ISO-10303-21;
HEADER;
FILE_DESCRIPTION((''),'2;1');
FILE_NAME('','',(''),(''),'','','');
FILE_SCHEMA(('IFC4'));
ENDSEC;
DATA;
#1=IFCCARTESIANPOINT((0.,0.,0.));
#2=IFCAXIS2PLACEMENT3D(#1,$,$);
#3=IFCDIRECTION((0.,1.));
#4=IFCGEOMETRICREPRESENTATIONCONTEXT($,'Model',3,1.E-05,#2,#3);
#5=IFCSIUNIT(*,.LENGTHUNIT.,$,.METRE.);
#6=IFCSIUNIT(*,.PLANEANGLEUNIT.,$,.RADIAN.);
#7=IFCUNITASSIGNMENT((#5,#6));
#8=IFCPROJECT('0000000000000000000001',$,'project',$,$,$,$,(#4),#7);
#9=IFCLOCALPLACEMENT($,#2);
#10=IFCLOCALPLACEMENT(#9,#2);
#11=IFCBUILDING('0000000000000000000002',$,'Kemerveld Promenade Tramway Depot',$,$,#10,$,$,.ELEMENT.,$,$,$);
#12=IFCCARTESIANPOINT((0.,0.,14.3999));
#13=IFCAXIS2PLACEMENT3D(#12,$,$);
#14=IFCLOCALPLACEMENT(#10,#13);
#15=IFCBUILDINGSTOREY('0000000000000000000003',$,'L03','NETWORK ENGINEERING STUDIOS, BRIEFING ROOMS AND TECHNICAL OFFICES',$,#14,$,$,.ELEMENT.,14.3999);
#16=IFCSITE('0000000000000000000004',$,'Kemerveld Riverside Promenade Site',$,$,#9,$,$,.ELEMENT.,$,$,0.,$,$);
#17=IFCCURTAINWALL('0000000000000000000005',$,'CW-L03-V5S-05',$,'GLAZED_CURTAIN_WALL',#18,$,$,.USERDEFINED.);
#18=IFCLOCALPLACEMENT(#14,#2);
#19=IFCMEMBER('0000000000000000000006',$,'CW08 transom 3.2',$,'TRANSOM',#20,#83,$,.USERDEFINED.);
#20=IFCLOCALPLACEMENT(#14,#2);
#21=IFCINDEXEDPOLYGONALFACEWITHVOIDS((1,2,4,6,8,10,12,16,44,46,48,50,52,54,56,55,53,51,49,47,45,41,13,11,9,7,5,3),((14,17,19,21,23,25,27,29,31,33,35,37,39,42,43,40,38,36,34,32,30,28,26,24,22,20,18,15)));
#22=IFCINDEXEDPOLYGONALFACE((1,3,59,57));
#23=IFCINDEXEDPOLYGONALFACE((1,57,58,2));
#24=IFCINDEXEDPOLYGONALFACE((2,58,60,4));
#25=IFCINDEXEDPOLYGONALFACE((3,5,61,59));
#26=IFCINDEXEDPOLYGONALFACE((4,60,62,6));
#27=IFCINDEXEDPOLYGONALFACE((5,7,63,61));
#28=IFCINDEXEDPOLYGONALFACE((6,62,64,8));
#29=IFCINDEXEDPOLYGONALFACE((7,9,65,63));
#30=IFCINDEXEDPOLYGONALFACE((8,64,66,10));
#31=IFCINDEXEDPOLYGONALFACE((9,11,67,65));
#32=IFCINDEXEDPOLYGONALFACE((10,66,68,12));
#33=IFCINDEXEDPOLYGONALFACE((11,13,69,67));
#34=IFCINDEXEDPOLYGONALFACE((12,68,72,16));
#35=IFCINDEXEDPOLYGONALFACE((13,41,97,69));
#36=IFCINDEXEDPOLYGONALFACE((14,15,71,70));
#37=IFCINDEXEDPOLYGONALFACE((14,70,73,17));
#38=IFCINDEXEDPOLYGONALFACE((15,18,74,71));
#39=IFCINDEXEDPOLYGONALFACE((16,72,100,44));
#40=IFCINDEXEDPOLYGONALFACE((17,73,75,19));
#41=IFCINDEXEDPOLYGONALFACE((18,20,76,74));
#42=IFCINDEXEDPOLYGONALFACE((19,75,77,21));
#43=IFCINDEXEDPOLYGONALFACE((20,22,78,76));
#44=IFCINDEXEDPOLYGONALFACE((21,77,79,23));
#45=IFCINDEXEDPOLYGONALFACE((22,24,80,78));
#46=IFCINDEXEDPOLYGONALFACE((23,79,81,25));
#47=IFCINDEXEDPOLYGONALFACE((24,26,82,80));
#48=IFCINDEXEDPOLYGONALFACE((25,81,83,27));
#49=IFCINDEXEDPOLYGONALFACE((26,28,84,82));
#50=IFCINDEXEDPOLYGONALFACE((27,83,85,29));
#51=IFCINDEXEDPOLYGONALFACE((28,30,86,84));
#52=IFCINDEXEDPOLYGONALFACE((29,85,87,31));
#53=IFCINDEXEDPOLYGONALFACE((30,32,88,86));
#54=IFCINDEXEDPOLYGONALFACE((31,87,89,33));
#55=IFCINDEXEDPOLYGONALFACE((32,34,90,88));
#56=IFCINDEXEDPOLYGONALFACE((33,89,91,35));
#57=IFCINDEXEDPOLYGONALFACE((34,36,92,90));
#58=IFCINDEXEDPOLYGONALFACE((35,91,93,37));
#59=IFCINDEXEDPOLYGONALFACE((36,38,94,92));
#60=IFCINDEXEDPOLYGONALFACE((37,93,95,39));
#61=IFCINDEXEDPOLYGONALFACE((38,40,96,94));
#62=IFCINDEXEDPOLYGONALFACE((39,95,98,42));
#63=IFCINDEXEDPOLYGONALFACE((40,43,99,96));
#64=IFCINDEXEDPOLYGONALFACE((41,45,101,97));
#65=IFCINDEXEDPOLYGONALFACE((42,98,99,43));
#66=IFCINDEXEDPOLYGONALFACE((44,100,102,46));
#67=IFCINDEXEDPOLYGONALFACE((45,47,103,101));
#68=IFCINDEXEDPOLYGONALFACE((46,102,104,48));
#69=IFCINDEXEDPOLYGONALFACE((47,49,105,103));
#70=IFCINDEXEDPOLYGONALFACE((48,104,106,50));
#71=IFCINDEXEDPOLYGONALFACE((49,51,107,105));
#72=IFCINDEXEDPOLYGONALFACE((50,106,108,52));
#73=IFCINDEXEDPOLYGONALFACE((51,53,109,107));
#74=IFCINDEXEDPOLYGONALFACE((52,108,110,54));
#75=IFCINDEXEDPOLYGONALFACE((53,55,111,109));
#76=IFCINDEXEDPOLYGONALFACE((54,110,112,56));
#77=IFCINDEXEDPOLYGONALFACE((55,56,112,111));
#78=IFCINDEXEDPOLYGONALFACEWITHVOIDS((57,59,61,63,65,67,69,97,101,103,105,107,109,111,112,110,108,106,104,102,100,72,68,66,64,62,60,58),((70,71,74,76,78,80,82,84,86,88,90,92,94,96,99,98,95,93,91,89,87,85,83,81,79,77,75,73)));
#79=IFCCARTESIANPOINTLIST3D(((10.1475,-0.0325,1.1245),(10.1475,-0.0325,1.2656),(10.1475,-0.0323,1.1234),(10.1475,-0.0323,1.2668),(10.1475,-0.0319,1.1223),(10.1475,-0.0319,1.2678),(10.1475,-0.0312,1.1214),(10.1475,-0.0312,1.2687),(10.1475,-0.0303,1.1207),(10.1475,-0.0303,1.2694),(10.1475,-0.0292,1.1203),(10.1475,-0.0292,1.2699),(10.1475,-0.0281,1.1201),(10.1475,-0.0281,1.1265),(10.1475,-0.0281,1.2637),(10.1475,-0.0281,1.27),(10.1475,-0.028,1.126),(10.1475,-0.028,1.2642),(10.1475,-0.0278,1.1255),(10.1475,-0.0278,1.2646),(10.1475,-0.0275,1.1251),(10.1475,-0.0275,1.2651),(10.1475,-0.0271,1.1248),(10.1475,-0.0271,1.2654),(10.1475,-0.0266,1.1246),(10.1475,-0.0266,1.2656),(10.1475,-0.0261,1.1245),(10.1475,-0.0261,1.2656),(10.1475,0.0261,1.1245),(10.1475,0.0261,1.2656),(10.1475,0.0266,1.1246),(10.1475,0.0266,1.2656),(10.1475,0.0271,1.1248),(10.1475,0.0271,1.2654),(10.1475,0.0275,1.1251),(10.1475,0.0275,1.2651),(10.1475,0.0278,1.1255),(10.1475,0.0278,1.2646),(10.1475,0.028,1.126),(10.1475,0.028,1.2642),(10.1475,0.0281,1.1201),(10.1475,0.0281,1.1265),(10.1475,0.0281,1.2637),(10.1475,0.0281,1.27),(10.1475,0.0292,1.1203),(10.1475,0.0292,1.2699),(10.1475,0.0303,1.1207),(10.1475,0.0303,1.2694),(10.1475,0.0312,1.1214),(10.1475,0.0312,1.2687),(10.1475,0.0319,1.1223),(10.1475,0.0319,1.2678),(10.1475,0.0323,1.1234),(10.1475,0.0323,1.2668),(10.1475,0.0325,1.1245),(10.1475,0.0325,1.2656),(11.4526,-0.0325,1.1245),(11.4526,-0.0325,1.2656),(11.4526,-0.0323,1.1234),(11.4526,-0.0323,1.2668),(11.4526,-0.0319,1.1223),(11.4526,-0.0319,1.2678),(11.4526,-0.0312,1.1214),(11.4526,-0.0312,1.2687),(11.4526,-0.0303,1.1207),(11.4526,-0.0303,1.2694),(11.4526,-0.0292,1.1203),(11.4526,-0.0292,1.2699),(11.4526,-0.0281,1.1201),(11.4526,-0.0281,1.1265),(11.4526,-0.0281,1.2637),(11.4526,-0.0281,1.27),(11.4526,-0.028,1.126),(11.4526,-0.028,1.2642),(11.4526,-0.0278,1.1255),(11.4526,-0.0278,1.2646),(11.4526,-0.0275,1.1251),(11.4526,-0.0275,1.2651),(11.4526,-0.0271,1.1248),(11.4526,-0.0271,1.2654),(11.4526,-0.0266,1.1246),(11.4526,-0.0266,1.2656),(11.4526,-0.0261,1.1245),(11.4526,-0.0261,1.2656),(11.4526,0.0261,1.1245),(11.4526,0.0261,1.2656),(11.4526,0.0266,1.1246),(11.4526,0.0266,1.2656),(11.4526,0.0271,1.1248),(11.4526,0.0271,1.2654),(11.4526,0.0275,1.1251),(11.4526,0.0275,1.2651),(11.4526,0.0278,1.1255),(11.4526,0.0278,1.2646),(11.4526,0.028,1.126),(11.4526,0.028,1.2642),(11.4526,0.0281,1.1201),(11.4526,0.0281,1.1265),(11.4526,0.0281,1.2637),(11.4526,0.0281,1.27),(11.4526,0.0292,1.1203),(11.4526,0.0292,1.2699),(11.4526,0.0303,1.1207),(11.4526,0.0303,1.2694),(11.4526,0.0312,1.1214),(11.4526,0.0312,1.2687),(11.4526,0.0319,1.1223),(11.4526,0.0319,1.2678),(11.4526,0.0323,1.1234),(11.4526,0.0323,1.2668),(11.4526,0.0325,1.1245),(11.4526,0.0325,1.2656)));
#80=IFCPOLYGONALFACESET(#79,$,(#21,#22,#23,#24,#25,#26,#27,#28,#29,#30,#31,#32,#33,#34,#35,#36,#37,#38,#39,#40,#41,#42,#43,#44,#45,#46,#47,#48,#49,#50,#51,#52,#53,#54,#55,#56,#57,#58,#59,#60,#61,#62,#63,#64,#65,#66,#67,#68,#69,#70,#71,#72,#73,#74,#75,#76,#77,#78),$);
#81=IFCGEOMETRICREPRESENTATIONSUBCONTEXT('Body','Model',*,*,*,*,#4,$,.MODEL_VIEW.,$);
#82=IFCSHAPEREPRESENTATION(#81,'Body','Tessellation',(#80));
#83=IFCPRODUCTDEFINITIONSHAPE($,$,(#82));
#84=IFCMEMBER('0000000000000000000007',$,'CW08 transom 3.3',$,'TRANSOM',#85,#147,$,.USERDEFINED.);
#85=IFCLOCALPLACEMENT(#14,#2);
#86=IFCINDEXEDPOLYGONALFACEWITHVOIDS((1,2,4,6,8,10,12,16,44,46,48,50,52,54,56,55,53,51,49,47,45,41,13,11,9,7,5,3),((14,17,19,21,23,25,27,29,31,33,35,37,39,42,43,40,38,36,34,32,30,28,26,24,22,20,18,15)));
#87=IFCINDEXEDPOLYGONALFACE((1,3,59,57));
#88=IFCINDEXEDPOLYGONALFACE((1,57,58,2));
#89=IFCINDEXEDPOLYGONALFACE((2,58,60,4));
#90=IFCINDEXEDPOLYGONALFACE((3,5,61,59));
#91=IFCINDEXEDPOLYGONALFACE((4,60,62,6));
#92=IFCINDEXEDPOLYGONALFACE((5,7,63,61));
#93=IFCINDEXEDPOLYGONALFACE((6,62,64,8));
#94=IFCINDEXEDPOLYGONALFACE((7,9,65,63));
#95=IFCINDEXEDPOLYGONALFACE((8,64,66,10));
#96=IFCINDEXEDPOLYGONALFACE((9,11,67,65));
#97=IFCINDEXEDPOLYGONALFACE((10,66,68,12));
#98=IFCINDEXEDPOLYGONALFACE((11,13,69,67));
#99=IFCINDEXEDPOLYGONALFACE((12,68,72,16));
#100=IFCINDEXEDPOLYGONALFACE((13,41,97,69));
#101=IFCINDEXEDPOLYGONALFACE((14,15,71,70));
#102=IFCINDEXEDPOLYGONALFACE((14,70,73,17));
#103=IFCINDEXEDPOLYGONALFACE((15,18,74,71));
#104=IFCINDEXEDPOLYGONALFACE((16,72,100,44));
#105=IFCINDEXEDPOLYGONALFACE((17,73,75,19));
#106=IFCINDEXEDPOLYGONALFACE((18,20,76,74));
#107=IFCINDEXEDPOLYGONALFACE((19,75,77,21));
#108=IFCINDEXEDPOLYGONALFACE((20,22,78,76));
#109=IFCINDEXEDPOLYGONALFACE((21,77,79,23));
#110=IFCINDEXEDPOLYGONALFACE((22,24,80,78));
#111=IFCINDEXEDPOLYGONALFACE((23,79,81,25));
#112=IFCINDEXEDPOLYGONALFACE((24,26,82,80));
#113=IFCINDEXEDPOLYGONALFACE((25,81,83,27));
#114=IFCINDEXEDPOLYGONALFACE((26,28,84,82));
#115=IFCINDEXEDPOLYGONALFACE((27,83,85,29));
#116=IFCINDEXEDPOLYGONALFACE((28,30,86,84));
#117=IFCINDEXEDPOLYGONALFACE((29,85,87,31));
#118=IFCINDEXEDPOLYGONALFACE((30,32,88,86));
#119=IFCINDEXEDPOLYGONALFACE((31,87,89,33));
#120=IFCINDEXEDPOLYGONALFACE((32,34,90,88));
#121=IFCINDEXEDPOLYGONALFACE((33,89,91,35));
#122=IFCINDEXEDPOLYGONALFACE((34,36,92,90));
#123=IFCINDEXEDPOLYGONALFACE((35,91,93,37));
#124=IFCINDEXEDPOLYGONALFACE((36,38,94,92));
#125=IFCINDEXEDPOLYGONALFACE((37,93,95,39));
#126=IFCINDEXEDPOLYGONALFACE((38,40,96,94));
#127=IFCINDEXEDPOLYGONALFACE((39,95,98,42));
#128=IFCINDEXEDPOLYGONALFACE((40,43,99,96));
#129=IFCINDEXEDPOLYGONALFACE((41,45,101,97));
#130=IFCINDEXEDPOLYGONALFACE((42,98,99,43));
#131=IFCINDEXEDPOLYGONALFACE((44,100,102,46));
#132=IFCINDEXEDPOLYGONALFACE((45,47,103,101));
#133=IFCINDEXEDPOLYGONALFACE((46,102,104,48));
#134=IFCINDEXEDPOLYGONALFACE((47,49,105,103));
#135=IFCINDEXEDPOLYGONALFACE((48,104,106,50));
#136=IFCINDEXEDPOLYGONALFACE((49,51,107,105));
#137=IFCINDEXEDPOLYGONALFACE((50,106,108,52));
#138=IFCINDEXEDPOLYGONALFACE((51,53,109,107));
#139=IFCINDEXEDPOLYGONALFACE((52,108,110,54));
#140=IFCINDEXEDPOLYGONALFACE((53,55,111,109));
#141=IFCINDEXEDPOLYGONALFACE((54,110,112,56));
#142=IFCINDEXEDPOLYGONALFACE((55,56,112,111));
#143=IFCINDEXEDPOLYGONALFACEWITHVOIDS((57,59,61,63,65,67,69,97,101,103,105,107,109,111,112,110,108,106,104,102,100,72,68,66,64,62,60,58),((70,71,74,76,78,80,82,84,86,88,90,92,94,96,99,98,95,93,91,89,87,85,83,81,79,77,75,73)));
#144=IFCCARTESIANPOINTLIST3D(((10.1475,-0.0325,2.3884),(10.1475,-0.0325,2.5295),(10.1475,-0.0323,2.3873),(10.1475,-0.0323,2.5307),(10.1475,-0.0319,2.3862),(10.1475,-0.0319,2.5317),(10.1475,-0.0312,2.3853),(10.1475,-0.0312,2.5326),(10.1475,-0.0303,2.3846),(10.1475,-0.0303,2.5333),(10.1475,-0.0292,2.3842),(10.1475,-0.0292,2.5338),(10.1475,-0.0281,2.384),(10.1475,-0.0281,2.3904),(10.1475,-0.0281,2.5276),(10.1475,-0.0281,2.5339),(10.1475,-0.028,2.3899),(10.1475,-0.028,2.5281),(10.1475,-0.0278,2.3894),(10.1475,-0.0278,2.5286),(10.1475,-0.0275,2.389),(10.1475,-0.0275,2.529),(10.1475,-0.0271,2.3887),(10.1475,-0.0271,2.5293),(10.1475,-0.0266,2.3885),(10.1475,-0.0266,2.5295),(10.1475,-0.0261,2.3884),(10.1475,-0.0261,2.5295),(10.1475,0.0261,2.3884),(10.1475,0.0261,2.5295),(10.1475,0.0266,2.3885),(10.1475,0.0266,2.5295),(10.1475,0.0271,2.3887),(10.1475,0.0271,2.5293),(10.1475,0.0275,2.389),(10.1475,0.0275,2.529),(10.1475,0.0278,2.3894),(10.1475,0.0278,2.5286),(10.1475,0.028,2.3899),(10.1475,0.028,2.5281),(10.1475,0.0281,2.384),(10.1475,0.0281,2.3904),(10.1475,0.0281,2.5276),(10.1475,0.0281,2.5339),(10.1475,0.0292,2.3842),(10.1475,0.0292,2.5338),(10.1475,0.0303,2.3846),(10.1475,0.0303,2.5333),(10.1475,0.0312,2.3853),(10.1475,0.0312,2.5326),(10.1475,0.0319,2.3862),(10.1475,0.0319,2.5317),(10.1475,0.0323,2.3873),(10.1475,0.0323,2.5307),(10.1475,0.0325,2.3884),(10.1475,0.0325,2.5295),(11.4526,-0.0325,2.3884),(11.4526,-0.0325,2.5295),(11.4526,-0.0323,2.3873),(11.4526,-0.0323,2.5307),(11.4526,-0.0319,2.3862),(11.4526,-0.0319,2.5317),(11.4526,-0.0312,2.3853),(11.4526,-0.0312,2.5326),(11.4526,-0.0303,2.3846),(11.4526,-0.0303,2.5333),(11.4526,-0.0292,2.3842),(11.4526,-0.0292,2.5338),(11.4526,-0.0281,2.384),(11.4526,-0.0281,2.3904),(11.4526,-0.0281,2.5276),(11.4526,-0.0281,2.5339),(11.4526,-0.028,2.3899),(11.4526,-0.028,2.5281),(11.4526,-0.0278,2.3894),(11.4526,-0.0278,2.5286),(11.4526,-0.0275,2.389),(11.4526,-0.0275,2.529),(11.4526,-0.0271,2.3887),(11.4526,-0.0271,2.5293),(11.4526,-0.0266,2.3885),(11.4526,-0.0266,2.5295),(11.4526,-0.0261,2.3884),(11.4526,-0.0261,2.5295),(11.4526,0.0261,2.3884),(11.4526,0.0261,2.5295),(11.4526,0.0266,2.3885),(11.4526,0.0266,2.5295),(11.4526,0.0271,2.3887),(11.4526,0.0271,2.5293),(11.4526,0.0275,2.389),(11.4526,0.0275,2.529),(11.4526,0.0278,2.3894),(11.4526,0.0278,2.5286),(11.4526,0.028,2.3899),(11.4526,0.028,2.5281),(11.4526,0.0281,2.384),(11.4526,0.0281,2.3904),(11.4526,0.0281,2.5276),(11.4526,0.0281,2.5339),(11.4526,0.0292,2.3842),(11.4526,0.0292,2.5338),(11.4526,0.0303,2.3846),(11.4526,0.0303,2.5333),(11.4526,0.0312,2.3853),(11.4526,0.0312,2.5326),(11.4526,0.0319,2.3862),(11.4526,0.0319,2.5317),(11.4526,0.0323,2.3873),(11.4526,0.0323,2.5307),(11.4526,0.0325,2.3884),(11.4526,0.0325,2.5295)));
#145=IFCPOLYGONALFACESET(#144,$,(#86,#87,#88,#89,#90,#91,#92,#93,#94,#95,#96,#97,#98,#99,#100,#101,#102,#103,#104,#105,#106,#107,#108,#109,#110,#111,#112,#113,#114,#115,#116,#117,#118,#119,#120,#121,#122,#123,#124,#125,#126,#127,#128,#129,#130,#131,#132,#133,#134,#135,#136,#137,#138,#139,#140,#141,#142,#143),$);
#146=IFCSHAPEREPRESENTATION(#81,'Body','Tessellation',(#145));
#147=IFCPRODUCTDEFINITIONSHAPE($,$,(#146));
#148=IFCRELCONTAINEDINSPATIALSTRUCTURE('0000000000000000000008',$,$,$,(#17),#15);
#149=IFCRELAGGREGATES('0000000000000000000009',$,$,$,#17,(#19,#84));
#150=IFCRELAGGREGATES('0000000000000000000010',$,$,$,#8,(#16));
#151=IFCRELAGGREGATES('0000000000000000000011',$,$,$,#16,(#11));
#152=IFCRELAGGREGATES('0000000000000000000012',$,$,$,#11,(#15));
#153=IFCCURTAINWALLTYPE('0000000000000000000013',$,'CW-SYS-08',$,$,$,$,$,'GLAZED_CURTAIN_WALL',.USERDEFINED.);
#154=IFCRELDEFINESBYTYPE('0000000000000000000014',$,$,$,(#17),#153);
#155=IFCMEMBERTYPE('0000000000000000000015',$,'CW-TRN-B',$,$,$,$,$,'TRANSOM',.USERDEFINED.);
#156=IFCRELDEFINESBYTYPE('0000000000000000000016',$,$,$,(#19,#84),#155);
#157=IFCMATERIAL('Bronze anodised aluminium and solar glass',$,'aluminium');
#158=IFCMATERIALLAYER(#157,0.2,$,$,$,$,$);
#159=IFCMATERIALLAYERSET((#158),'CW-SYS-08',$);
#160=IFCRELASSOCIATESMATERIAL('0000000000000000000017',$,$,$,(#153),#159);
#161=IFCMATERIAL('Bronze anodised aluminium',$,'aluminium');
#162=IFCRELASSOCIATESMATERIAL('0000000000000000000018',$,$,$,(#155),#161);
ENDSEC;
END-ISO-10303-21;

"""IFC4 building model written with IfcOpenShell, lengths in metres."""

from ifc_helpers import new_model, si_unit, direction, frame, origin, origin_2d, place, context, subcontext, project, spatial, hollow_rectangle, extrude, material, layer, layer_set, material_profile, profile_set, type_object, element, aggregate, save


model = new_model("IFC4")

# Units and contexts
model_context = context("Model", 3, precision=1e-05, world=origin(), true_north=direction((0.0, 1.0)))
body_context = subcontext(model_context, "Body", "Model", "MODEL_VIEW")
ifc_project = project(units=[si_unit("LENGTHUNIT", "METRE"), si_unit("PLANEANGLEUNIT", "RADIAN")], contexts=[model_context])

# Site, building, storey
site_placement = place(None, origin())
site = spatial("IfcSite", under=ifc_project, at=site_placement, Name="Kemerveld Riverside Promenade Site", CompositionType="ELEMENT", RefElevation=0.0)
building_placement = place(site_placement, origin())
building = spatial("IfcBuilding", under=site, at=building_placement, Name="Kemerveld Promenade Tramway Depot", CompositionType="ELEMENT")
storey_placement = place(building_placement, frame((0.0, 0.0, 14.3999)))
storey = spatial("IfcBuildingStorey", under=building, at=storey_placement, Name="L03", Description="NETWORK ENGINEERING STUDIOS, BRIEFING ROOMS AND TECHNICAL OFFICES", CompositionType="ELEMENT", Elevation=14.3999)

# Curtain wall, members
ifc_material_1 = material(Name="Bronze anodised aluminium and solar glass", Category="aluminium")
ifc_layer_1 = layer(ifc_material_1, 0.2)
ifc_layer_set_1 = layer_set([ifc_layer_1], Name="CW-SYS-08")
curtain_wall_type = type_object("IfcCurtainWallType", Name="CW-SYS-08", ElementType="GLAZED_CURTAIN_WALL", PredefinedType="USERDEFINED", material=ifc_layer_set_1)
curtain_wall_placement = place(storey_placement, origin())
curtain_wall = element("IfcCurtainWall", 1, at=curtain_wall_placement, inside=storey, type_object=curtain_wall_type, Name="CW-L03-V5S-05", ObjectType="GLAZED_CURTAIN_WALL", PredefinedType="USERDEFINED")
ifc_material_2 = material(Name="Bronze anodised aluminium", Category="aluminium")
ifc_material_profile_1 = material_profile(ifc_material_2, hollow_rectangle(XDim=0.0649, YDim=0.1499, WallThickness=0.0044, InnerFilletRadius=0.002, OuterFilletRadius=0.0044, at=origin_2d()), Name="CW-TRN-150x65")
ifc_profile_set_1 = profile_set([ifc_material_profile_1], Name="Bronze anodised aluminium")
member_type_1 = type_object("IfcMemberType", Name="CW-TRN-B", ElementType="TRANSOM", PredefinedType="USERDEFINED", material=ifc_profile_set_1)
member_1_placement = place(storey_placement, frame((11.4526, 0.0, 1.1951), z_axis=(-1.0, 0.0, 0.0), x_axis=(0.0, -1.0, 0.0)))
member_1 = element("IfcMember", 2, at=member_1_placement, type_object=member_type_1, Name="CW08 transom 3.2", ObjectType="TRANSOM", PredefinedType="USERDEFINED", context=body_context, shape_type="SweptSolid", body=[
    extrude(hollow_rectangle(XDim=0.0649, YDim=0.1499, WallThickness=0.0044, InnerFilletRadius=0.002, OuterFilletRadius=0.0044, at=origin_2d()), origin(), (0.0, 0.0, 1.0), 1.3052),
])
member_2_placement = place(storey_placement, frame((11.4526, 0.0, 2.459), z_axis=(-1.0, 0.0, 0.0), x_axis=(0.0, -1.0, 0.0)))
member_2 = element("IfcMember", 3, at=member_2_placement, type_object=member_type_1, Name="CW08 transom 3.3", ObjectType="TRANSOM", PredefinedType="USERDEFINED", context=body_context, shape_type="SweptSolid", body=[
    extrude(hollow_rectangle(XDim=0.0649, YDim=0.1499, WallThickness=0.0044, InnerFilletRadius=0.002, OuterFilletRadius=0.0044, at=origin_2d()), origin(), (0.0, 0.0, 1.0), 1.3052),
])
aggregate(curtain_wall, [member_1, member_2])

save(model, "model.ifc")
